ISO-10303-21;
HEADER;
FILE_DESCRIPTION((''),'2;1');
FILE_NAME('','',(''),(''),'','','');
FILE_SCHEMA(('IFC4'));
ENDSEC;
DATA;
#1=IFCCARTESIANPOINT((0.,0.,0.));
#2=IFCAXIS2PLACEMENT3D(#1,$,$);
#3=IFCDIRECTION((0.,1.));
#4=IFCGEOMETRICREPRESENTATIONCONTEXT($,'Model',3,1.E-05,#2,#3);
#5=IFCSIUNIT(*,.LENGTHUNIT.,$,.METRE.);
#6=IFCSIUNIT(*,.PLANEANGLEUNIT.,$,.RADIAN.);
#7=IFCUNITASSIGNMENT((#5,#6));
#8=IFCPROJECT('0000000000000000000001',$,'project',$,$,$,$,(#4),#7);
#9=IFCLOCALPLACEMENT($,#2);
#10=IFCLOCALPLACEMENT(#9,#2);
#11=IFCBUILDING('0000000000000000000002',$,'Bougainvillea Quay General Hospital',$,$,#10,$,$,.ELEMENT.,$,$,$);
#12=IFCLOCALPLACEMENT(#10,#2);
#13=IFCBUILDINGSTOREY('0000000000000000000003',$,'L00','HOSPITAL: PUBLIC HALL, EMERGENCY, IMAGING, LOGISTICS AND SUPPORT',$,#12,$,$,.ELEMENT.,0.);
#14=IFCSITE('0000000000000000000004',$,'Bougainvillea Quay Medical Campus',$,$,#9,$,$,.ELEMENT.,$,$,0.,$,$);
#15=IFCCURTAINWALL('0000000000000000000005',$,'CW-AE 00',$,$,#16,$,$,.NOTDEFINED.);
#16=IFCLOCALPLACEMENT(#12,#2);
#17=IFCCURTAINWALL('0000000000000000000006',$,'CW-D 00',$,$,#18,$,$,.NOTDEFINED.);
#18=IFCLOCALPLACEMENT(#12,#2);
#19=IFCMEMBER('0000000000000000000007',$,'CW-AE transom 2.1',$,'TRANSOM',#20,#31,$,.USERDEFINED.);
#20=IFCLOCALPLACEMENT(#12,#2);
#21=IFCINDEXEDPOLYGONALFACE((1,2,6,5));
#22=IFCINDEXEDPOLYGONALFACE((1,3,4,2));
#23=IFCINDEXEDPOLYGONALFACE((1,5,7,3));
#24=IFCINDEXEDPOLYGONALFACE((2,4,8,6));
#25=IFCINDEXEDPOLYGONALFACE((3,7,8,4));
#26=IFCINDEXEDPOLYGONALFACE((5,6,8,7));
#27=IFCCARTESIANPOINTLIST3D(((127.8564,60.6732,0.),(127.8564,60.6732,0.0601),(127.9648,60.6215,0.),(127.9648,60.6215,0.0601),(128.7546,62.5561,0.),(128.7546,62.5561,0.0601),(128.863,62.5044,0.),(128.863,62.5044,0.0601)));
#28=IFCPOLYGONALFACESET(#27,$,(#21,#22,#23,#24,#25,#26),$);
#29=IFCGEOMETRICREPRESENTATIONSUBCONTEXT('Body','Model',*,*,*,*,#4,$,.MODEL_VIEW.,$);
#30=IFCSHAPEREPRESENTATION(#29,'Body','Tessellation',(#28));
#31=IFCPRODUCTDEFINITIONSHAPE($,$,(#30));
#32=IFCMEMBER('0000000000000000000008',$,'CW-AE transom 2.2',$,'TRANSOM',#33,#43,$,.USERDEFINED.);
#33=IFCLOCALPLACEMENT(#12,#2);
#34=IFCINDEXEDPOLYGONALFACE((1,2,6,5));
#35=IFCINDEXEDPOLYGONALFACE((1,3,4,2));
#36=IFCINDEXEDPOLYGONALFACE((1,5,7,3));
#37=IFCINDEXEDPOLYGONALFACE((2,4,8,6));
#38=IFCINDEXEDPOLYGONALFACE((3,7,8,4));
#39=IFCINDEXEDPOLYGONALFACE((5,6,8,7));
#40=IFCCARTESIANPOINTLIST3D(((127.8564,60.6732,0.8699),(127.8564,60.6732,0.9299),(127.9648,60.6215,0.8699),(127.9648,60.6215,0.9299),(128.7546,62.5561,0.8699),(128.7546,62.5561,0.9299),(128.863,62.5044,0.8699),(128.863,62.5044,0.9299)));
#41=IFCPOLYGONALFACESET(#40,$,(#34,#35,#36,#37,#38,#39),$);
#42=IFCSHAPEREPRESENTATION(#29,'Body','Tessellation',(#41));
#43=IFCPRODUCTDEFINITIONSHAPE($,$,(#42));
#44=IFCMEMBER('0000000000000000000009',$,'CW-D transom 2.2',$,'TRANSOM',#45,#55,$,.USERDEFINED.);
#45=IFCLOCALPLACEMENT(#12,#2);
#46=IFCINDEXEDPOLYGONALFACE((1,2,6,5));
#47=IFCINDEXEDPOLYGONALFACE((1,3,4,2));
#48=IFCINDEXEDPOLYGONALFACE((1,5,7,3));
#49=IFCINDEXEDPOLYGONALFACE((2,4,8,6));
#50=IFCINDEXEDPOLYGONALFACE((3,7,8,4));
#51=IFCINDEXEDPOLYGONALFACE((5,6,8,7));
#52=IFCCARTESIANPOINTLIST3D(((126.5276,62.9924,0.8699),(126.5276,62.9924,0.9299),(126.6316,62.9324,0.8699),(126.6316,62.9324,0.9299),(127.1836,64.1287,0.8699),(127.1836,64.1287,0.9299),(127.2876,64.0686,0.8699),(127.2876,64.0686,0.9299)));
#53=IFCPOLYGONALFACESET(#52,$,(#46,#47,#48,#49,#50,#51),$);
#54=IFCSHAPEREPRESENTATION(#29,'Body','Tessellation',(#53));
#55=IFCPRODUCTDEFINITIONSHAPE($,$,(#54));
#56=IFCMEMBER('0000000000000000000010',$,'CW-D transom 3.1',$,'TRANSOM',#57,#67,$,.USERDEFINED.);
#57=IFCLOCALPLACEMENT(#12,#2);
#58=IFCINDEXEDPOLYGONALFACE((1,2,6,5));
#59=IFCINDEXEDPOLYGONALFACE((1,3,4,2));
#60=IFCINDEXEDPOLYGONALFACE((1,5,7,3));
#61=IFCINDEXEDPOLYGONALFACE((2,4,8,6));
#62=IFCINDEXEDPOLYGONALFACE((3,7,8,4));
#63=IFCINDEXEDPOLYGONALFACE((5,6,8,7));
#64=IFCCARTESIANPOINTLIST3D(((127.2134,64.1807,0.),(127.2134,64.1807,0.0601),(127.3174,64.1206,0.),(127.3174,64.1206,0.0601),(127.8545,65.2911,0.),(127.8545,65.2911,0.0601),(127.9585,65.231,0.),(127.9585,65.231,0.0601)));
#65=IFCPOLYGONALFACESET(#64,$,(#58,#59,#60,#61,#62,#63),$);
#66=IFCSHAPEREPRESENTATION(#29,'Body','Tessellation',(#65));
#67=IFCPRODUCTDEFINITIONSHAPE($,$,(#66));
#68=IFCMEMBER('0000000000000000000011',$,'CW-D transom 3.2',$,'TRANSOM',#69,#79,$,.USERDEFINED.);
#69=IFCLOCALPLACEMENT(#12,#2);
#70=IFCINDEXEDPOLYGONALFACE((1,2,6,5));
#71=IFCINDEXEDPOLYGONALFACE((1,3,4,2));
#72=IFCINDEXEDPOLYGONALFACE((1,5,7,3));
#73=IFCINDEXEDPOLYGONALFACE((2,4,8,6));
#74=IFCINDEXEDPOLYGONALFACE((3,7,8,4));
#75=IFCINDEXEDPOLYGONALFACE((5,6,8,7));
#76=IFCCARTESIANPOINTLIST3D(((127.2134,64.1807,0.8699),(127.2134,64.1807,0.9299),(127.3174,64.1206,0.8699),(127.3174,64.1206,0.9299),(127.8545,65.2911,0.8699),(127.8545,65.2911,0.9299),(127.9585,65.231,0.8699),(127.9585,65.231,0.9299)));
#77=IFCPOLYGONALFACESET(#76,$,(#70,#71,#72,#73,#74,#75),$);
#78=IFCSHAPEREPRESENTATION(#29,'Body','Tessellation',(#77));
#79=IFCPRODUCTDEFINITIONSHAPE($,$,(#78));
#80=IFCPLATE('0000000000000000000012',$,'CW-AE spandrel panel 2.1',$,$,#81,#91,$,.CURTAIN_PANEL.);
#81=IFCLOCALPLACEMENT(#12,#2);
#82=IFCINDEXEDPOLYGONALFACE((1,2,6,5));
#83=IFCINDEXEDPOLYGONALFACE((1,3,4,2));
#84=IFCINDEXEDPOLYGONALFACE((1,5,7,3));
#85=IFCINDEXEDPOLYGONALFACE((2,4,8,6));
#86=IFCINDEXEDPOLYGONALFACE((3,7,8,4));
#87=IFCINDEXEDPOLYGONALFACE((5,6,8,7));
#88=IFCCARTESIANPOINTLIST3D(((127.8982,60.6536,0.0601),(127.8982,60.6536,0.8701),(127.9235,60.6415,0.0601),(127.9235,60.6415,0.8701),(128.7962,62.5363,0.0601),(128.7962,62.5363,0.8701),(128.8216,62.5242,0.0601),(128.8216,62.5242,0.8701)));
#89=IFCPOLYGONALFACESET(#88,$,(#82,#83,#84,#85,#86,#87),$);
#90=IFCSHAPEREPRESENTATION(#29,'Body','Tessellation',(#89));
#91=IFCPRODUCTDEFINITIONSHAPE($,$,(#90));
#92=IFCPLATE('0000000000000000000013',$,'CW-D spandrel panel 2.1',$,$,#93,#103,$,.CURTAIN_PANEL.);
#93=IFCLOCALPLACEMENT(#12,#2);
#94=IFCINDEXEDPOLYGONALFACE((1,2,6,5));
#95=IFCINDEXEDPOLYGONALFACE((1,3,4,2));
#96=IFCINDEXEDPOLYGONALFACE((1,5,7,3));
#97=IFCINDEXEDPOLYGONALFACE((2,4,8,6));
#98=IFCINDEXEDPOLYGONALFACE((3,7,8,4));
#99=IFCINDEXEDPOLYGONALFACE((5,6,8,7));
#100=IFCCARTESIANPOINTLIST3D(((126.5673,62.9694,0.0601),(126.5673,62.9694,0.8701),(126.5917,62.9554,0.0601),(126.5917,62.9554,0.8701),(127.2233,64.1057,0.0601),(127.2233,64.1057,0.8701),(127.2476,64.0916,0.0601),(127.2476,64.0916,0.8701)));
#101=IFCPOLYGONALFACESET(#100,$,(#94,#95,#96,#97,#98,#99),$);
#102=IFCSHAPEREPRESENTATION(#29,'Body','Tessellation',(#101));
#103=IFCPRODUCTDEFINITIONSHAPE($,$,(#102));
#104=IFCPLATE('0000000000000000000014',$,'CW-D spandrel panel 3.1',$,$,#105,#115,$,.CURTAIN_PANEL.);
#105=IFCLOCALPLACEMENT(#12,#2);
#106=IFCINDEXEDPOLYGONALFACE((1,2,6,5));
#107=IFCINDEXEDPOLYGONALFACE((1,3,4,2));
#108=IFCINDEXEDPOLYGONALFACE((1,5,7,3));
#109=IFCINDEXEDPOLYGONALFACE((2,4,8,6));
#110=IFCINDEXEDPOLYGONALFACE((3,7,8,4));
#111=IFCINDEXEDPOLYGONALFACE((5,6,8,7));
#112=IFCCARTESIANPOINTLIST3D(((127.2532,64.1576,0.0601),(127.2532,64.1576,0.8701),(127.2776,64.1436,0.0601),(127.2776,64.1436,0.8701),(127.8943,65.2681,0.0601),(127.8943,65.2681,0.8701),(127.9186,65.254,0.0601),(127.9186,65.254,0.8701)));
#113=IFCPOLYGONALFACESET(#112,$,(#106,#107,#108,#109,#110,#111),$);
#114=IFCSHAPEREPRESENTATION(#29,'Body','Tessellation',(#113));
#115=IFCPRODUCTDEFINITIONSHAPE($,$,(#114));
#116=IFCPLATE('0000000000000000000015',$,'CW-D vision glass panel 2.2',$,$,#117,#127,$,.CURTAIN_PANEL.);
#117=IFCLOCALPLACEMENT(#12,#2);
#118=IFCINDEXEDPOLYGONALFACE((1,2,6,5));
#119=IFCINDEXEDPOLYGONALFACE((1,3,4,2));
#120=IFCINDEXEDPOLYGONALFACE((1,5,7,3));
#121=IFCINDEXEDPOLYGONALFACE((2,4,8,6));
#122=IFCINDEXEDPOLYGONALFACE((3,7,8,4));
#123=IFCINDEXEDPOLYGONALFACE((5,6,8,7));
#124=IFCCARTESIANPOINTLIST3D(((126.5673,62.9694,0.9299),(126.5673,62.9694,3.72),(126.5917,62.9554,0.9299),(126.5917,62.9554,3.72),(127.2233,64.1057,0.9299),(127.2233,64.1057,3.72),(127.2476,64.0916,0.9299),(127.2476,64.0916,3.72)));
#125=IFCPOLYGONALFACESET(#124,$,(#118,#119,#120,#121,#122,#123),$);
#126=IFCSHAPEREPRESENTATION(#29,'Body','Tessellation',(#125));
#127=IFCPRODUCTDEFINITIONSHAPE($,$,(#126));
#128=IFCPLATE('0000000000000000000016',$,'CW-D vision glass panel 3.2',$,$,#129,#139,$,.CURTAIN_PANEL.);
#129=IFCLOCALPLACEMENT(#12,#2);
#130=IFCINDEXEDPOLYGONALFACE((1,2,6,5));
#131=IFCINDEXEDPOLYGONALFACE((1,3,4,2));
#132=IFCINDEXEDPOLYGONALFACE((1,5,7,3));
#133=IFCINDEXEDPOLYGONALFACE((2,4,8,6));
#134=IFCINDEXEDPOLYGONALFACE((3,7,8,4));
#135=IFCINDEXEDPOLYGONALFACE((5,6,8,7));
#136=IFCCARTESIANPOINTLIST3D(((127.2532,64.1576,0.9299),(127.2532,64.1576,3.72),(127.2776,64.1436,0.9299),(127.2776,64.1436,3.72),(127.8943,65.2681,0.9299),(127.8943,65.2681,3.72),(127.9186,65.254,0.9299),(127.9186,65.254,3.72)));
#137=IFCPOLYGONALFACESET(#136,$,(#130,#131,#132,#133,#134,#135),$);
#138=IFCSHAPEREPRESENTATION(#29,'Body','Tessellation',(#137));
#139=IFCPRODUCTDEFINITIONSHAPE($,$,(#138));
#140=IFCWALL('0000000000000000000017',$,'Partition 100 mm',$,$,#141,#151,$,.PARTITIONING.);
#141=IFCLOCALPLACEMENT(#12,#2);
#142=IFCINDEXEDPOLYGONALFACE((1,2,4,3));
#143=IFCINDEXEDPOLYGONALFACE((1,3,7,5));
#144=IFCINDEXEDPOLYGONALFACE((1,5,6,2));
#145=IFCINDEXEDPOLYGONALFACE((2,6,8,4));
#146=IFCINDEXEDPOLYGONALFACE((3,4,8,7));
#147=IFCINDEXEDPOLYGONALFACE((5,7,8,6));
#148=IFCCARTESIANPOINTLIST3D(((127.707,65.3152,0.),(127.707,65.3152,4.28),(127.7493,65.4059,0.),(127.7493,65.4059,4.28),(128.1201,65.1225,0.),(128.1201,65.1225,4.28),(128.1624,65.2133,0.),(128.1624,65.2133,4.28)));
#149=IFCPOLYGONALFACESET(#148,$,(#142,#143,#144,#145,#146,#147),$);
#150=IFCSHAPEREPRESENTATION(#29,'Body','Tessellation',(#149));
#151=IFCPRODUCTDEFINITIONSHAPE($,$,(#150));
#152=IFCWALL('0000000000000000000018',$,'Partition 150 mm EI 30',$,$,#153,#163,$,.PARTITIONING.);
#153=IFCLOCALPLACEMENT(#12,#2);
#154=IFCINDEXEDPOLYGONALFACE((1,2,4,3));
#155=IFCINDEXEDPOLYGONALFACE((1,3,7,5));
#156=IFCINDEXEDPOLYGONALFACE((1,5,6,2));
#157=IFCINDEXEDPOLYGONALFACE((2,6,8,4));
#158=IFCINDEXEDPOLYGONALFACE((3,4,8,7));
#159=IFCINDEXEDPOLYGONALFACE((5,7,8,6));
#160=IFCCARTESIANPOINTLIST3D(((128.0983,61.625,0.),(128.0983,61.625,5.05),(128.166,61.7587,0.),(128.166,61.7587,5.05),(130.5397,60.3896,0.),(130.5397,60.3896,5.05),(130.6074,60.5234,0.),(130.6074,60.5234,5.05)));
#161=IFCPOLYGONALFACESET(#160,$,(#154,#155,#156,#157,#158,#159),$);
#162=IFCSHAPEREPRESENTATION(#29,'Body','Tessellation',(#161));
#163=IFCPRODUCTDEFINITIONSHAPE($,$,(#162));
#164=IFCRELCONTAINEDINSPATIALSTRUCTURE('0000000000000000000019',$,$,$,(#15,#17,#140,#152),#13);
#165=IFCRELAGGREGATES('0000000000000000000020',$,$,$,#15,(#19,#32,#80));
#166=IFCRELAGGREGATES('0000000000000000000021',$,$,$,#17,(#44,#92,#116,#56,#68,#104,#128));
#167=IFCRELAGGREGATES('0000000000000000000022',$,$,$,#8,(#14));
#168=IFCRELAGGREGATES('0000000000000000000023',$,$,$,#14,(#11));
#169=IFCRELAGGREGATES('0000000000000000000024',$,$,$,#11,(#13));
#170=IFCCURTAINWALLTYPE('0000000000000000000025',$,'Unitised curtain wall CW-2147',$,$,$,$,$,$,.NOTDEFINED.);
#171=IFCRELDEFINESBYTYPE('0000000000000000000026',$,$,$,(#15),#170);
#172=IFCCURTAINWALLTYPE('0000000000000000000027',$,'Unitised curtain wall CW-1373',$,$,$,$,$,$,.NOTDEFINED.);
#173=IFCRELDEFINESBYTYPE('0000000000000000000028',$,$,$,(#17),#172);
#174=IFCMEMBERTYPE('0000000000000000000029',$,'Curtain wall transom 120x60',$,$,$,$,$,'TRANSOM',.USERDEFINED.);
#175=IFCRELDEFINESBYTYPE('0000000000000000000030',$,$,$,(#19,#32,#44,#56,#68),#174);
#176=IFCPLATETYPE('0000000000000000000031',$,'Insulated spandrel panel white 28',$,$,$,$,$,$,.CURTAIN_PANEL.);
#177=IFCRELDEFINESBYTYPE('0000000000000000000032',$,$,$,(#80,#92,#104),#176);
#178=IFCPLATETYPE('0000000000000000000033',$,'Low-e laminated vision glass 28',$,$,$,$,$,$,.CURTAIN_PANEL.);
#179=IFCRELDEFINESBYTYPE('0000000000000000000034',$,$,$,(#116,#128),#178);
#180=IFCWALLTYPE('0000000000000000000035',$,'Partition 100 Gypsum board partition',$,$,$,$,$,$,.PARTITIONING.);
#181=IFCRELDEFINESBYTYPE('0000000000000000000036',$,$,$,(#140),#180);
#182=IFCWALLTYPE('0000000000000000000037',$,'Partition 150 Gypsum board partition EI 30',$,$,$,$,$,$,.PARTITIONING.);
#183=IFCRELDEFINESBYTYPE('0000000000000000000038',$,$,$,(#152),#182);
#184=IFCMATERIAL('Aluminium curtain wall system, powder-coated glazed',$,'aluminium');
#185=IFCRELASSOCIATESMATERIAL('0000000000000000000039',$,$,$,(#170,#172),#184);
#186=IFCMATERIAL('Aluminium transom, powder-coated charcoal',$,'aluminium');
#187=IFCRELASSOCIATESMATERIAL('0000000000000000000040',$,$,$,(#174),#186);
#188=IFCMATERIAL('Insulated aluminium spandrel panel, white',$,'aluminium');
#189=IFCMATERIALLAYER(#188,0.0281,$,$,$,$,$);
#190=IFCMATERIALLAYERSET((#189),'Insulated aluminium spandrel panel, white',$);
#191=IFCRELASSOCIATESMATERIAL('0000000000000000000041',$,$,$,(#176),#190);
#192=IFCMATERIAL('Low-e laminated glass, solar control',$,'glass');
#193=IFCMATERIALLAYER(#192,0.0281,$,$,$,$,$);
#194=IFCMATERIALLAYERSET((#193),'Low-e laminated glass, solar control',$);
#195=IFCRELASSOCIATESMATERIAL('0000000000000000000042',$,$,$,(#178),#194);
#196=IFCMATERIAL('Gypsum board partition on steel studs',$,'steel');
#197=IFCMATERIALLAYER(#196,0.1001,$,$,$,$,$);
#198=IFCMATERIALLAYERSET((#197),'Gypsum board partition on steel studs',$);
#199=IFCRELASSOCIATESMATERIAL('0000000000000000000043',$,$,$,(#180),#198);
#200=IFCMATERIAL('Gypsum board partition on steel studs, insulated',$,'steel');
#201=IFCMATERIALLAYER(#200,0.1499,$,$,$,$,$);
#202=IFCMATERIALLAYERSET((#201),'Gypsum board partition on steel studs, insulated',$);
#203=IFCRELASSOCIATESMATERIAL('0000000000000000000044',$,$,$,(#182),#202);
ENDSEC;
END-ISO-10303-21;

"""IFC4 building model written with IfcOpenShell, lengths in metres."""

from ifc_helpers import new_model, si_unit, direction, frame, frame_2d, origin, origin_2d, place, context, subcontext, project, spatial, rectangle, extrude, material, layer, layer_set, material_profile, profile_set, type_object, element, aggregate, save


model = new_model("IFC4")

# Units and contexts
model_context = context("Model", 3, precision=1e-05, world=origin(), true_north=direction((0.0, 1.0)))
body_context = subcontext(model_context, "Body", "Model", "MODEL_VIEW")
ifc_project = project(units=[si_unit("LENGTHUNIT", "METRE"), si_unit("PLANEANGLEUNIT", "RADIAN")], contexts=[model_context])

# Site, building, storey
site_placement = place(None, origin())
site = spatial("IfcSite", under=ifc_project, at=site_placement, Name="Bougainvillea Quay Medical Campus", CompositionType="ELEMENT", RefElevation=0.0)
building_placement = place(site_placement, origin())
building = spatial("IfcBuilding", under=site, at=building_placement, Name="Bougainvillea Quay General Hospital", CompositionType="ELEMENT")
storey_placement = place(building_placement, origin())
storey = spatial("IfcBuildingStorey", under=building, at=storey_placement, Name="L00", Description="HOSPITAL: PUBLIC HALL, EMERGENCY, IMAGING, LOGISTICS AND SUPPORT", CompositionType="ELEMENT", Elevation=0.0)

# Shared definitions
ifc_material_1 = material(Name="Aluminium curtain wall system, powder-coated glazed", Category="aluminium")

# Curtain walls
curtain_wall_type_1 = type_object("IfcCurtainWallType", Name="Unitised curtain wall CW-2147", PredefinedType="NOTDEFINED", material=ifc_material_1)
curtain_wall_1_placement = place(storey_placement, origin())
curtain_wall_1 = element("IfcCurtainWall", 1, at=curtain_wall_1_placement, inside=storey, type_object=curtain_wall_type_1, Name="CW-AE 00", PredefinedType="NOTDEFINED")
curtain_wall_type_2 = type_object("IfcCurtainWallType", Name="Unitised curtain wall CW-1373", PredefinedType="NOTDEFINED", material=ifc_material_1)
curtain_wall_2_placement = place(storey_placement, origin())
curtain_wall_2 = element("IfcCurtainWall", 2, at=curtain_wall_2_placement, inside=storey, type_object=curtain_wall_type_2, Name="CW-D 00", PredefinedType="NOTDEFINED")

# Members
ifc_material_2 = material(Name="Aluminium transom, powder-coated charcoal", Category="aluminium")
ifc_material_profile_1 = material_profile(ifc_material_2, rectangle(XDim=0.1201, YDim=0.0601, at=origin_2d()))
ifc_profile_set_1 = profile_set([ifc_material_profile_1], Name="Aluminium transom, powder-coated charcoal")
member_type_1 = type_object("IfcMemberType", Name="Curtain wall transom 120x60", ElementType="TRANSOM", PredefinedType="USERDEFINED", material=ifc_profile_set_1)
member_1_placement = place(storey_placement, frame((128.8088, 62.5303, 0.03), z_axis=(-0.430565, -0.90256, 0.0), x_axis=(0.90256, -0.430565, 0.0)))
member_1 = element("IfcMember", 3, at=member_1_placement, type_object=member_type_1, Name="CW-AE transom 2.1", ObjectType="TRANSOM", PredefinedType="USERDEFINED", context=body_context, shape_type="SweptSolid", body=[
    extrude(rectangle(XDim=0.1201, YDim=0.0601, at=origin_2d()), origin(), (0.0, 0.0, 1.0), 2.0862),
])
member_2_placement = place(storey_placement, frame((128.8088, 62.5303, 0.8999), z_axis=(-0.430565, -0.90256, 0.0), x_axis=(0.90256, -0.430565, 0.0)))
member_2 = element("IfcMember", 4, at=member_2_placement, type_object=member_type_1, Name="CW-AE transom 2.2", ObjectType="TRANSOM", PredefinedType="USERDEFINED", context=body_context, shape_type="SweptSolid", body=[
    extrude(rectangle(XDim=0.1201, YDim=0.0601, at=origin_2d()), origin(), (0.0, 0.0, 1.0), 2.0862),
])
member_3_placement = place(storey_placement, frame((126.5796, 62.9624, 0.8999), z_axis=(0.500002, 0.866024, 0.0), x_axis=(-0.866024, 0.500002, 0.0)))
member_3 = element("IfcMember", 5, at=member_3_placement, type_object=member_type_1, Name="CW-D transom 2.2", ObjectType="TRANSOM", PredefinedType="USERDEFINED", context=body_context, shape_type="SweptSolid", body=[
    extrude(rectangle(XDim=0.1201, YDim=0.0601, at=origin_2d()), origin(), (0.0, 0.0, 1.0), 1.312),
])
member_4_placement = place(storey_placement, frame((127.2654, 64.1506, 0.03), z_axis=(0.50003, 0.866008, 0.0), x_axis=(-0.866008, 0.50003, 0.0)))
member_4 = element("IfcMember", 6, at=member_4_placement, type_object=member_type_1, Name="CW-D transom 3.1", ObjectType="TRANSOM", PredefinedType="USERDEFINED", context=body_context, shape_type="SweptSolid", body=[
    extrude(rectangle(XDim=0.1201, YDim=0.0601, at=origin_2d()), origin(), (0.0, 0.0, 1.0), 1.2822),
])
member_5_placement = place(storey_placement, frame((127.2654, 64.1506, 0.8999), z_axis=(0.50003, 0.866008, 0.0), x_axis=(-0.866008, 0.50003, 0.0)))
member_5 = element("IfcMember", 7, at=member_5_placement, type_object=member_type_1, Name="CW-D transom 3.2", ObjectType="TRANSOM", PredefinedType="USERDEFINED", context=body_context, shape_type="SweptSolid", body=[
    extrude(rectangle(XDim=0.1201, YDim=0.0601, at=origin_2d()), origin(), (0.0, 0.0, 1.0), 1.2822),
])

# Plates
ifc_material_3 = material(Name="Insulated aluminium spandrel panel, white", Category="aluminium")
ifc_layer_1 = layer(ifc_material_3, 0.0281)
ifc_layer_set_1 = layer_set([ifc_layer_1], Name="Insulated aluminium spandrel panel, white")
plate_type_1 = type_object("IfcPlateType", Name="Insulated spandrel panel white 28", PredefinedType="CURTAIN_PANEL", material=ifc_layer_set_1)
plate_1_placement = place(storey_placement, frame((128.3599, 61.5889, 0.0601), z_axis=(0.0, 0.0, 1.0), x_axis=(-0.43053, -0.902576, 0.0)))
plate_1 = element("IfcPlate", 8, at=plate_1_placement, type_object=plate_type_1, Name="CW-AE spandrel panel 2.1", PredefinedType="CURTAIN_PANEL", context=body_context, shape_type="SweptSolid", body=[
    extrude(rectangle(XDim=2.0859, YDim=0.0281, at=origin_2d()), origin(), (0.0, 0.0, 1.0), 0.8101),
])
aggregate(curtain_wall_1, [member_1, member_2, plate_1])
plate_2_placement = place(storey_placement, frame((126.9075, 63.5305, 0.0601), z_axis=(0.0, 0.0, 1.0), x_axis=(0.499962, 0.866048, 0.0)))
plate_2 = element("IfcPlate", 9, at=plate_2_placement, type_object=plate_type_1, Name="CW-D spandrel panel 2.1", PredefinedType="CURTAIN_PANEL", context=body_context, shape_type="SweptSolid", body=[
    extrude(rectangle(XDim=1.312, YDim=0.0281, at=origin_2d()), origin(), (0.0, 0.0, 1.0), 0.8101),
])
plate_3_placement = place(storey_placement, frame((127.5859, 64.7058, 0.0601), z_axis=(0.0, 0.0, 1.0), x_axis=(0.499962, 0.866048, 0.0)))
plate_3 = element("IfcPlate", 10, at=plate_3_placement, type_object=plate_type_1, Name="CW-D spandrel panel 3.1", PredefinedType="CURTAIN_PANEL", context=body_context, shape_type="SweptSolid", body=[
    extrude(rectangle(XDim=1.2822, YDim=0.0281, at=origin_2d()), origin(), (0.0, 0.0, 1.0), 0.8101),
])
ifc_material_4 = material(Name="Low-e laminated glass, solar control", Category="glass")
ifc_layer_2 = layer(ifc_material_4, 0.0281)
ifc_layer_set_2 = layer_set([ifc_layer_2], Name="Low-e laminated glass, solar control")
plate_type_2 = type_object("IfcPlateType", Name="Low-e laminated vision glass 28", PredefinedType="CURTAIN_PANEL", material=ifc_layer_set_2)
plate_4_placement = place(storey_placement, frame((126.9075, 63.5305, 0.9299), z_axis=(0.0, 0.0, 1.0), x_axis=(0.499962, 0.866048, 0.0)))
plate_4 = element("IfcPlate", 11, at=plate_4_placement, type_object=plate_type_2, Name="CW-D vision glass panel 2.2", PredefinedType="CURTAIN_PANEL", context=body_context, shape_type="SweptSolid", body=[
    extrude(rectangle(XDim=1.312, YDim=0.0281, at=origin_2d()), origin(), (0.0, 0.0, 1.0), 2.79),
])
plate_5_placement = place(storey_placement, frame((127.5859, 64.7058, 0.9299), z_axis=(0.0, 0.0, 1.0), x_axis=(0.499962, 0.866048, 0.0)))
plate_5 = element("IfcPlate", 12, at=plate_5_placement, type_object=plate_type_2, Name="CW-D vision glass panel 3.2", PredefinedType="CURTAIN_PANEL", context=body_context, shape_type="SweptSolid", body=[
    extrude(rectangle(XDim=1.2822, YDim=0.0281, at=origin_2d()), origin(), (0.0, 0.0, 1.0), 2.79),
])
aggregate(curtain_wall_2, [member_3, plate_2, plate_4, member_4, member_5, plate_3, plate_5])

# Walls
ifc_material_5 = material(Name="Gypsum board partition on steel studs", Category="steel")
ifc_layer_3 = layer(ifc_material_5, 0.1001)
ifc_layer_set_3 = layer_set([ifc_layer_3], Name="Gypsum board partition on steel studs")
wall_type_1 = type_object("IfcWallType", Name="Partition 100 Gypsum board partition", PredefinedType="PARTITIONING", material=ifc_layer_set_3)
wall_1_placement = place(storey_placement, frame((127.728, 65.3606, 0.0), z_axis=(0.0, 0.0, 1.0), x_axis=(0.906306, -0.422622, 0.0)))
element("IfcWall", 13, at=wall_1_placement, inside=storey, type_object=wall_type_1, Name="Partition 100 mm", PredefinedType="PARTITIONING", context=body_context, shape_type="SweptSolid", body=[
    extrude(rectangle(XDim=0.4558, YDim=0.1001, at=frame_2d((0.228, 0.0))), origin(), (0.0, 0.0, 1.0), 4.28),
])
ifc_material_6 = material(Name="Gypsum board partition on steel studs, insulated", Category="steel")
ifc_layer_4 = layer(ifc_material_6, 0.1499)
ifc_layer_set_4 = layer_set([ifc_layer_4], Name="Gypsum board partition on steel studs, insulated")
wall_type_2 = type_object("IfcWallType", Name="Partition 150 Gypsum board partition EI 30", PredefinedType="PARTITIONING", material=ifc_layer_set_4)
wall_2_placement = place(storey_placement, frame((128.1321, 61.6919, 0.0), z_axis=(0.0, 0.0, 1.0), x_axis=(0.892275, -0.451491, 0.0)))
element("IfcWall", 14, at=wall_2_placement, inside=storey, type_object=wall_type_2, Name="Partition 150 mm EI 30", PredefinedType="PARTITIONING", context=body_context, shape_type="SweptSolid", body=[
    extrude(rectangle(XDim=2.7361, YDim=0.1499, at=frame_2d((1.3682, 0.0))), origin(), (0.0, 0.0, 1.0), 5.05),
])

save(model, "model.ifc")
